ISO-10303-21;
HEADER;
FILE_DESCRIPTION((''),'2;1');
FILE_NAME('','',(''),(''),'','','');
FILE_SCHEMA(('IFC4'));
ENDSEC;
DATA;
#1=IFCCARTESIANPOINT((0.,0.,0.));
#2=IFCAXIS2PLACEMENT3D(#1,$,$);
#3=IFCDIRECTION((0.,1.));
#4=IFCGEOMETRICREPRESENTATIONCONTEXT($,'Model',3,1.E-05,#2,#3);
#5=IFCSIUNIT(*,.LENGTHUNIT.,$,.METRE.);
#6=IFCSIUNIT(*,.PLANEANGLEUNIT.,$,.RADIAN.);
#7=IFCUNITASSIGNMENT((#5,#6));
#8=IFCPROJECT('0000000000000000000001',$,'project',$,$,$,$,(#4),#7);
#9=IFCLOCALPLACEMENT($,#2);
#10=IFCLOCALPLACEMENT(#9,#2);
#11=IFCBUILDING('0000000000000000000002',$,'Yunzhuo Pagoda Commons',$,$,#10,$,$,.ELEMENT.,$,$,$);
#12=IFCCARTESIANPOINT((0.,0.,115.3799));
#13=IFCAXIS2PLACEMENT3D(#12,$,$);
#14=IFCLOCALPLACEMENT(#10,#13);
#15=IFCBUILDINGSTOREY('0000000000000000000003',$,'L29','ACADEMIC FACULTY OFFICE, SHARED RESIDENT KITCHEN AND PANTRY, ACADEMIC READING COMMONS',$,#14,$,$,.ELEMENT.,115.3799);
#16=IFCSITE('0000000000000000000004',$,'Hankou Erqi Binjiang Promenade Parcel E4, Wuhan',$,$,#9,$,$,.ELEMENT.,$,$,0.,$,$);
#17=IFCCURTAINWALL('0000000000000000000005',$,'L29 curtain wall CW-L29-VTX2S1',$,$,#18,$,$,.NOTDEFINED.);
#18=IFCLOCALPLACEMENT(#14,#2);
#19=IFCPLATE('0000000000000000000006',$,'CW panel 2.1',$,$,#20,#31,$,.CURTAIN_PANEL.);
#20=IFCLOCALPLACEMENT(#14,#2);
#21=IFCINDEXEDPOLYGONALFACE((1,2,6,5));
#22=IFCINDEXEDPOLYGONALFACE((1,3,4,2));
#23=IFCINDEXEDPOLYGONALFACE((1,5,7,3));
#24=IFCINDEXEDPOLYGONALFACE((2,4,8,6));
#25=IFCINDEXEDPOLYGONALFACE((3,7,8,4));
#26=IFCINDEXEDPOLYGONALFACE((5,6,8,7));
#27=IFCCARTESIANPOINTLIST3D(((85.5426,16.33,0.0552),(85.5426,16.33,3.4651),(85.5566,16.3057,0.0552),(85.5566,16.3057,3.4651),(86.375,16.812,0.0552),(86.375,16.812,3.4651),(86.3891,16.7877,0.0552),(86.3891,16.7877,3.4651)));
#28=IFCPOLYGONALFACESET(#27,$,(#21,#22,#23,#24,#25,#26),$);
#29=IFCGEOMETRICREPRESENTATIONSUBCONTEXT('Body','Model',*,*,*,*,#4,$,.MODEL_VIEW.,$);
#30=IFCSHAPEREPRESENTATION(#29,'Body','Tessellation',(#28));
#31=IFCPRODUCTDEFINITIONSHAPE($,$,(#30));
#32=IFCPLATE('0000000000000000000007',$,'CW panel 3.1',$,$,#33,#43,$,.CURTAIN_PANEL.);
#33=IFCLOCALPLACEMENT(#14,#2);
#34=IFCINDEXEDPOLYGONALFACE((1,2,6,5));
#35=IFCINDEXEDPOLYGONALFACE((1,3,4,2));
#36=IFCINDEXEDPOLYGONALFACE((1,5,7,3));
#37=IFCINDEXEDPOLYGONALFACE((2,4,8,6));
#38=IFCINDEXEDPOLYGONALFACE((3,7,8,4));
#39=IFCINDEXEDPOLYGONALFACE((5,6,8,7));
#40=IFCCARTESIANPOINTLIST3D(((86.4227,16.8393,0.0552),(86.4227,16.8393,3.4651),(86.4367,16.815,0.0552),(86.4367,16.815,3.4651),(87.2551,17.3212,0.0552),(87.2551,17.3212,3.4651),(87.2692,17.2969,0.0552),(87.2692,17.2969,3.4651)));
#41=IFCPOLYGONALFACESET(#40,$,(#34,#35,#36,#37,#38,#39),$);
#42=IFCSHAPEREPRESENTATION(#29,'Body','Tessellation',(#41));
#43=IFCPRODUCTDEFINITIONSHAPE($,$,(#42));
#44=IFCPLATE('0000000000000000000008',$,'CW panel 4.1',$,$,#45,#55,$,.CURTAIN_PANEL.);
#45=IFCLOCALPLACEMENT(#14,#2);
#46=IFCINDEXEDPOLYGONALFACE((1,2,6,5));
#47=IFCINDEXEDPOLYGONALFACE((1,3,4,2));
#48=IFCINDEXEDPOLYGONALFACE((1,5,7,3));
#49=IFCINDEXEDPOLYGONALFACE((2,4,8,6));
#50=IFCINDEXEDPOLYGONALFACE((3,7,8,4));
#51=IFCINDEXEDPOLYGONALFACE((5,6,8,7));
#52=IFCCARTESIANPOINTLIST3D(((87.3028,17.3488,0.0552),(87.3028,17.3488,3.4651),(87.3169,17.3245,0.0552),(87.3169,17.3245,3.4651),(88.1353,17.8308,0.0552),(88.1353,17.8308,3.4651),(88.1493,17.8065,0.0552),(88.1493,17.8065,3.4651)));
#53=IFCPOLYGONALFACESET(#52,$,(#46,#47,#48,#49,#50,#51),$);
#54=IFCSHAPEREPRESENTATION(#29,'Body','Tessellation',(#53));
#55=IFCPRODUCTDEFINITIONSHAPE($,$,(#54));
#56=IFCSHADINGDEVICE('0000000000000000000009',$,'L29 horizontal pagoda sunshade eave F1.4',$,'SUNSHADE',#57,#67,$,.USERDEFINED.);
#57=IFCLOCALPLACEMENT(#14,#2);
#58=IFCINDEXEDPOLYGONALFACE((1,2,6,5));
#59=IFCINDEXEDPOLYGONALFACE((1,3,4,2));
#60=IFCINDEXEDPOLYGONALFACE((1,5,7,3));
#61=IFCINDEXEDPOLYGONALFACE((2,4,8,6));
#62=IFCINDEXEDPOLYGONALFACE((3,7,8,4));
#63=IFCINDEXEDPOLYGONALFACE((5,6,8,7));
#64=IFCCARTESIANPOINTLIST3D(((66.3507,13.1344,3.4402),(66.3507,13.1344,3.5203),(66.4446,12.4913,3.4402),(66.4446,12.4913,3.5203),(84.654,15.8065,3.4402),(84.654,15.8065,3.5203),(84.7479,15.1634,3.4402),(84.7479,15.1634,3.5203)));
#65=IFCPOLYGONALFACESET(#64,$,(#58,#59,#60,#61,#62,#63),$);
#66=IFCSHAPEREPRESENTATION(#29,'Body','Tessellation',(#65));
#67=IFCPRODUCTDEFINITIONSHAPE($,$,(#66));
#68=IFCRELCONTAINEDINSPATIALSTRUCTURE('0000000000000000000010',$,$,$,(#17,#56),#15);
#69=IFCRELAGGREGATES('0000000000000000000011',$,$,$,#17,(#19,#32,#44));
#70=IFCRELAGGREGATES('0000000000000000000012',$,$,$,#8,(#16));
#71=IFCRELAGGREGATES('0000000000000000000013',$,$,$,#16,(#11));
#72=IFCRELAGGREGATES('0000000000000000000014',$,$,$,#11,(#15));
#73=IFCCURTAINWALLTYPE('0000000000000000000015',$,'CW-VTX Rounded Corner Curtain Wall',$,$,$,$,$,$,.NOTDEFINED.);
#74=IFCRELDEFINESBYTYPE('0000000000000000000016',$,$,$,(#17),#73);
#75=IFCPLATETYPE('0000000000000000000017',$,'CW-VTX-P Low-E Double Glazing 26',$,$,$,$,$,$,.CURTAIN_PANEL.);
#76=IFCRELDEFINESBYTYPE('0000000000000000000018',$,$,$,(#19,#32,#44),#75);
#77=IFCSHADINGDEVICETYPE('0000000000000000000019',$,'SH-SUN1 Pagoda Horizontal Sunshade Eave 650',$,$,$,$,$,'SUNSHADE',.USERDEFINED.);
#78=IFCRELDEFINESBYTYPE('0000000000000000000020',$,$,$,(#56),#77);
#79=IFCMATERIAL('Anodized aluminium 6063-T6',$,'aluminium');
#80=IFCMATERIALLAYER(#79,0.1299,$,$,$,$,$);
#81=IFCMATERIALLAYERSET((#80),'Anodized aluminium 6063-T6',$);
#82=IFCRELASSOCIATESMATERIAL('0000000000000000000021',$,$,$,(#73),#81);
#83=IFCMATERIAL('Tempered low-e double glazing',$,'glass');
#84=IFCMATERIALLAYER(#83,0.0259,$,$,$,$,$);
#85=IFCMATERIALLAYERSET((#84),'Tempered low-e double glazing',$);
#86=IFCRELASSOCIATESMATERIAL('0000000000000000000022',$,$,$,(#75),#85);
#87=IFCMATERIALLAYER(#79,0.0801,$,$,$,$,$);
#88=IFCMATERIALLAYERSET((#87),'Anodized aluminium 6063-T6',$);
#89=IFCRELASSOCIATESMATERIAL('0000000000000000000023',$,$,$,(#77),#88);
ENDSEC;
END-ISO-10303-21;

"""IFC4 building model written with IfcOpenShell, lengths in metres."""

from ifc_helpers import new_model, si_unit, direction, frame, origin, origin_2d, place, context, subcontext, project, spatial, rectangle, extrude, source, transform, mapped, material, layer, layer_set, type_object, element, aggregate, save


model = new_model("IFC4")

# Units and contexts
model_context = context("Model", 3, precision=1e-05, world=origin(), true_north=direction((0.0, 1.0)))
body_context = subcontext(model_context, "Body", "Model", "MODEL_VIEW")
ifc_project = project(units=[si_unit("LENGTHUNIT", "METRE"), si_unit("PLANEANGLEUNIT", "RADIAN")], contexts=[model_context])

# Site, building, storey
site_placement = place(None, origin())
site = spatial("IfcSite", under=ifc_project, at=site_placement, Name="Hankou Erqi Binjiang Promenade Parcel E4, Wuhan", CompositionType="ELEMENT", RefElevation=0.0)
building_placement = place(site_placement, origin())
building = spatial("IfcBuilding", under=site, at=building_placement, Name="Yunzhuo Pagoda Commons", CompositionType="ELEMENT")
storey_placement = place(building_placement, frame((0.0, 0.0, 115.3799)))
storey = spatial("IfcBuildingStorey", under=building, at=storey_placement, Name="L29", Description="ACADEMIC FACULTY OFFICE, SHARED RESIDENT KITCHEN AND PANTRY, ACADEMIC READING COMMONS", CompositionType="ELEMENT", Elevation=115.3799)

# Curtain wall
ifc_material_1 = material(Name="Anodized aluminium 6063-T6", Category="aluminium")
ifc_layer_1 = layer(ifc_material_1, 0.1299)
ifc_layer_set_1 = layer_set([ifc_layer_1], Name="Anodized aluminium 6063-T6")
curtain_wall_type_1 = type_object("IfcCurtainWallType", Name="CW-VTX Rounded Corner Curtain Wall", PredefinedType="NOTDEFINED", material=ifc_layer_set_1)
curtain_wall_1_placement = place(storey_placement, origin())
curtain_wall_1 = element("IfcCurtainWall", 1, at=curtain_wall_1_placement, inside=storey, type_object=curtain_wall_type_1, Name="L29 curtain wall CW-L29-VTX2S1", PredefinedType="NOTDEFINED")

# Plates
ifc_material_2 = material(Name="Tempered low-e double glazing", Category="glass")
ifc_layer_2 = layer(ifc_material_2, 0.0259)
ifc_layer_set_2 = layer_set([ifc_layer_2], Name="Tempered low-e double glazing")
plate_type = type_object("IfcPlateType", Name="CW-VTX-P Low-E Double Glazing 26", PredefinedType="CURTAIN_PANEL", material=ifc_layer_set_2)
shared_shape_1 = source(origin(), body_context, "Body", "SweptSolid", [
    extrude(rectangle(XDim=0.9619, YDim=0.0281, at=origin_2d()), origin(), (0.0, 0.0, 1.0), 3.4099),
])
plate_1_placement = place(storey_placement, frame((85.9658, 16.5588, 0.0552), z_axis=(0.0, 0.0, 1.0), x_axis=(0.865429, 0.501032, 0.0)))
plate_1 = element("IfcPlate", 2, at=plate_1_placement, type_object=plate_type, Name="CW panel 2.1", PredefinedType="CURTAIN_PANEL", context=body_context, shape_type="MappedRepresentation", body=[
    mapped(shared_shape_1, transform((0.0, 0.0, 0.0), scale=1.0)),
])
plate_2_placement = place(storey_placement, frame((86.8459, 17.0681, 0.0552), z_axis=(0.0, 0.0, 1.0), x_axis=(0.865429, 0.501032, 0.0)))
plate_2 = element("IfcPlate", 3, at=plate_2_placement, type_object=plate_type, Name="CW panel 3.1", PredefinedType="CURTAIN_PANEL", context=body_context, shape_type="MappedRepresentation", body=[
    mapped(shared_shape_1, transform((0.0, 0.0, 0.0), scale=1.0)),
])
plate_3_placement = place(storey_placement, frame((87.7261, 17.5776, 0.0552), z_axis=(0.0, 0.0, 1.0), x_axis=(0.865429, 0.501032, 0.0)))
plate_3 = element("IfcPlate", 4, at=plate_3_placement, type_object=plate_type, Name="CW panel 4.1", PredefinedType="CURTAIN_PANEL", context=body_context, shape_type="MappedRepresentation", body=[
    mapped(shared_shape_1, transform((0.0, 0.0, 0.0), scale=1.0)),
])
aggregate(curtain_wall_1, [plate_1, plate_2, plate_3])

# Shading device
ifc_layer_3 = layer(ifc_material_1, 0.0801)
ifc_layer_set_3 = layer_set([ifc_layer_3], Name="Anodized aluminium 6063-T6")
shading_device_type = type_object("IfcShadingDeviceType", Name="SH-SUN1 Pagoda Horizontal Sunshade Eave 650", ElementType="SUNSHADE", PredefinedType="USERDEFINED", material=ifc_layer_set_3)
shared_shape_2 = source(origin(), body_context, "Body", "SweptSolid", [
    extrude(rectangle(XDim=18.4973, YDim=0.6499, at=origin_2d()), origin(), (0.0, 0.0, 1.0), 0.0801),
])
shading_device_placement = place(storey_placement, frame((75.5493, 14.1489, 3.4402), z_axis=(0.0, 0.0, 1.0), x_axis=(0.989511, 0.14446, 0.0)))
element("IfcShadingDevice", 5, at=shading_device_placement, inside=storey, type_object=shading_device_type, Name="L29 horizontal pagoda sunshade eave F1.4", ObjectType="SUNSHADE", PredefinedType="USERDEFINED", context=body_context, shape_type="MappedRepresentation", body=[
    mapped(shared_shape_2, transform((0.0, 0.0, 0.0), scale=1.0)),
])

save(model, "model.ifc")
